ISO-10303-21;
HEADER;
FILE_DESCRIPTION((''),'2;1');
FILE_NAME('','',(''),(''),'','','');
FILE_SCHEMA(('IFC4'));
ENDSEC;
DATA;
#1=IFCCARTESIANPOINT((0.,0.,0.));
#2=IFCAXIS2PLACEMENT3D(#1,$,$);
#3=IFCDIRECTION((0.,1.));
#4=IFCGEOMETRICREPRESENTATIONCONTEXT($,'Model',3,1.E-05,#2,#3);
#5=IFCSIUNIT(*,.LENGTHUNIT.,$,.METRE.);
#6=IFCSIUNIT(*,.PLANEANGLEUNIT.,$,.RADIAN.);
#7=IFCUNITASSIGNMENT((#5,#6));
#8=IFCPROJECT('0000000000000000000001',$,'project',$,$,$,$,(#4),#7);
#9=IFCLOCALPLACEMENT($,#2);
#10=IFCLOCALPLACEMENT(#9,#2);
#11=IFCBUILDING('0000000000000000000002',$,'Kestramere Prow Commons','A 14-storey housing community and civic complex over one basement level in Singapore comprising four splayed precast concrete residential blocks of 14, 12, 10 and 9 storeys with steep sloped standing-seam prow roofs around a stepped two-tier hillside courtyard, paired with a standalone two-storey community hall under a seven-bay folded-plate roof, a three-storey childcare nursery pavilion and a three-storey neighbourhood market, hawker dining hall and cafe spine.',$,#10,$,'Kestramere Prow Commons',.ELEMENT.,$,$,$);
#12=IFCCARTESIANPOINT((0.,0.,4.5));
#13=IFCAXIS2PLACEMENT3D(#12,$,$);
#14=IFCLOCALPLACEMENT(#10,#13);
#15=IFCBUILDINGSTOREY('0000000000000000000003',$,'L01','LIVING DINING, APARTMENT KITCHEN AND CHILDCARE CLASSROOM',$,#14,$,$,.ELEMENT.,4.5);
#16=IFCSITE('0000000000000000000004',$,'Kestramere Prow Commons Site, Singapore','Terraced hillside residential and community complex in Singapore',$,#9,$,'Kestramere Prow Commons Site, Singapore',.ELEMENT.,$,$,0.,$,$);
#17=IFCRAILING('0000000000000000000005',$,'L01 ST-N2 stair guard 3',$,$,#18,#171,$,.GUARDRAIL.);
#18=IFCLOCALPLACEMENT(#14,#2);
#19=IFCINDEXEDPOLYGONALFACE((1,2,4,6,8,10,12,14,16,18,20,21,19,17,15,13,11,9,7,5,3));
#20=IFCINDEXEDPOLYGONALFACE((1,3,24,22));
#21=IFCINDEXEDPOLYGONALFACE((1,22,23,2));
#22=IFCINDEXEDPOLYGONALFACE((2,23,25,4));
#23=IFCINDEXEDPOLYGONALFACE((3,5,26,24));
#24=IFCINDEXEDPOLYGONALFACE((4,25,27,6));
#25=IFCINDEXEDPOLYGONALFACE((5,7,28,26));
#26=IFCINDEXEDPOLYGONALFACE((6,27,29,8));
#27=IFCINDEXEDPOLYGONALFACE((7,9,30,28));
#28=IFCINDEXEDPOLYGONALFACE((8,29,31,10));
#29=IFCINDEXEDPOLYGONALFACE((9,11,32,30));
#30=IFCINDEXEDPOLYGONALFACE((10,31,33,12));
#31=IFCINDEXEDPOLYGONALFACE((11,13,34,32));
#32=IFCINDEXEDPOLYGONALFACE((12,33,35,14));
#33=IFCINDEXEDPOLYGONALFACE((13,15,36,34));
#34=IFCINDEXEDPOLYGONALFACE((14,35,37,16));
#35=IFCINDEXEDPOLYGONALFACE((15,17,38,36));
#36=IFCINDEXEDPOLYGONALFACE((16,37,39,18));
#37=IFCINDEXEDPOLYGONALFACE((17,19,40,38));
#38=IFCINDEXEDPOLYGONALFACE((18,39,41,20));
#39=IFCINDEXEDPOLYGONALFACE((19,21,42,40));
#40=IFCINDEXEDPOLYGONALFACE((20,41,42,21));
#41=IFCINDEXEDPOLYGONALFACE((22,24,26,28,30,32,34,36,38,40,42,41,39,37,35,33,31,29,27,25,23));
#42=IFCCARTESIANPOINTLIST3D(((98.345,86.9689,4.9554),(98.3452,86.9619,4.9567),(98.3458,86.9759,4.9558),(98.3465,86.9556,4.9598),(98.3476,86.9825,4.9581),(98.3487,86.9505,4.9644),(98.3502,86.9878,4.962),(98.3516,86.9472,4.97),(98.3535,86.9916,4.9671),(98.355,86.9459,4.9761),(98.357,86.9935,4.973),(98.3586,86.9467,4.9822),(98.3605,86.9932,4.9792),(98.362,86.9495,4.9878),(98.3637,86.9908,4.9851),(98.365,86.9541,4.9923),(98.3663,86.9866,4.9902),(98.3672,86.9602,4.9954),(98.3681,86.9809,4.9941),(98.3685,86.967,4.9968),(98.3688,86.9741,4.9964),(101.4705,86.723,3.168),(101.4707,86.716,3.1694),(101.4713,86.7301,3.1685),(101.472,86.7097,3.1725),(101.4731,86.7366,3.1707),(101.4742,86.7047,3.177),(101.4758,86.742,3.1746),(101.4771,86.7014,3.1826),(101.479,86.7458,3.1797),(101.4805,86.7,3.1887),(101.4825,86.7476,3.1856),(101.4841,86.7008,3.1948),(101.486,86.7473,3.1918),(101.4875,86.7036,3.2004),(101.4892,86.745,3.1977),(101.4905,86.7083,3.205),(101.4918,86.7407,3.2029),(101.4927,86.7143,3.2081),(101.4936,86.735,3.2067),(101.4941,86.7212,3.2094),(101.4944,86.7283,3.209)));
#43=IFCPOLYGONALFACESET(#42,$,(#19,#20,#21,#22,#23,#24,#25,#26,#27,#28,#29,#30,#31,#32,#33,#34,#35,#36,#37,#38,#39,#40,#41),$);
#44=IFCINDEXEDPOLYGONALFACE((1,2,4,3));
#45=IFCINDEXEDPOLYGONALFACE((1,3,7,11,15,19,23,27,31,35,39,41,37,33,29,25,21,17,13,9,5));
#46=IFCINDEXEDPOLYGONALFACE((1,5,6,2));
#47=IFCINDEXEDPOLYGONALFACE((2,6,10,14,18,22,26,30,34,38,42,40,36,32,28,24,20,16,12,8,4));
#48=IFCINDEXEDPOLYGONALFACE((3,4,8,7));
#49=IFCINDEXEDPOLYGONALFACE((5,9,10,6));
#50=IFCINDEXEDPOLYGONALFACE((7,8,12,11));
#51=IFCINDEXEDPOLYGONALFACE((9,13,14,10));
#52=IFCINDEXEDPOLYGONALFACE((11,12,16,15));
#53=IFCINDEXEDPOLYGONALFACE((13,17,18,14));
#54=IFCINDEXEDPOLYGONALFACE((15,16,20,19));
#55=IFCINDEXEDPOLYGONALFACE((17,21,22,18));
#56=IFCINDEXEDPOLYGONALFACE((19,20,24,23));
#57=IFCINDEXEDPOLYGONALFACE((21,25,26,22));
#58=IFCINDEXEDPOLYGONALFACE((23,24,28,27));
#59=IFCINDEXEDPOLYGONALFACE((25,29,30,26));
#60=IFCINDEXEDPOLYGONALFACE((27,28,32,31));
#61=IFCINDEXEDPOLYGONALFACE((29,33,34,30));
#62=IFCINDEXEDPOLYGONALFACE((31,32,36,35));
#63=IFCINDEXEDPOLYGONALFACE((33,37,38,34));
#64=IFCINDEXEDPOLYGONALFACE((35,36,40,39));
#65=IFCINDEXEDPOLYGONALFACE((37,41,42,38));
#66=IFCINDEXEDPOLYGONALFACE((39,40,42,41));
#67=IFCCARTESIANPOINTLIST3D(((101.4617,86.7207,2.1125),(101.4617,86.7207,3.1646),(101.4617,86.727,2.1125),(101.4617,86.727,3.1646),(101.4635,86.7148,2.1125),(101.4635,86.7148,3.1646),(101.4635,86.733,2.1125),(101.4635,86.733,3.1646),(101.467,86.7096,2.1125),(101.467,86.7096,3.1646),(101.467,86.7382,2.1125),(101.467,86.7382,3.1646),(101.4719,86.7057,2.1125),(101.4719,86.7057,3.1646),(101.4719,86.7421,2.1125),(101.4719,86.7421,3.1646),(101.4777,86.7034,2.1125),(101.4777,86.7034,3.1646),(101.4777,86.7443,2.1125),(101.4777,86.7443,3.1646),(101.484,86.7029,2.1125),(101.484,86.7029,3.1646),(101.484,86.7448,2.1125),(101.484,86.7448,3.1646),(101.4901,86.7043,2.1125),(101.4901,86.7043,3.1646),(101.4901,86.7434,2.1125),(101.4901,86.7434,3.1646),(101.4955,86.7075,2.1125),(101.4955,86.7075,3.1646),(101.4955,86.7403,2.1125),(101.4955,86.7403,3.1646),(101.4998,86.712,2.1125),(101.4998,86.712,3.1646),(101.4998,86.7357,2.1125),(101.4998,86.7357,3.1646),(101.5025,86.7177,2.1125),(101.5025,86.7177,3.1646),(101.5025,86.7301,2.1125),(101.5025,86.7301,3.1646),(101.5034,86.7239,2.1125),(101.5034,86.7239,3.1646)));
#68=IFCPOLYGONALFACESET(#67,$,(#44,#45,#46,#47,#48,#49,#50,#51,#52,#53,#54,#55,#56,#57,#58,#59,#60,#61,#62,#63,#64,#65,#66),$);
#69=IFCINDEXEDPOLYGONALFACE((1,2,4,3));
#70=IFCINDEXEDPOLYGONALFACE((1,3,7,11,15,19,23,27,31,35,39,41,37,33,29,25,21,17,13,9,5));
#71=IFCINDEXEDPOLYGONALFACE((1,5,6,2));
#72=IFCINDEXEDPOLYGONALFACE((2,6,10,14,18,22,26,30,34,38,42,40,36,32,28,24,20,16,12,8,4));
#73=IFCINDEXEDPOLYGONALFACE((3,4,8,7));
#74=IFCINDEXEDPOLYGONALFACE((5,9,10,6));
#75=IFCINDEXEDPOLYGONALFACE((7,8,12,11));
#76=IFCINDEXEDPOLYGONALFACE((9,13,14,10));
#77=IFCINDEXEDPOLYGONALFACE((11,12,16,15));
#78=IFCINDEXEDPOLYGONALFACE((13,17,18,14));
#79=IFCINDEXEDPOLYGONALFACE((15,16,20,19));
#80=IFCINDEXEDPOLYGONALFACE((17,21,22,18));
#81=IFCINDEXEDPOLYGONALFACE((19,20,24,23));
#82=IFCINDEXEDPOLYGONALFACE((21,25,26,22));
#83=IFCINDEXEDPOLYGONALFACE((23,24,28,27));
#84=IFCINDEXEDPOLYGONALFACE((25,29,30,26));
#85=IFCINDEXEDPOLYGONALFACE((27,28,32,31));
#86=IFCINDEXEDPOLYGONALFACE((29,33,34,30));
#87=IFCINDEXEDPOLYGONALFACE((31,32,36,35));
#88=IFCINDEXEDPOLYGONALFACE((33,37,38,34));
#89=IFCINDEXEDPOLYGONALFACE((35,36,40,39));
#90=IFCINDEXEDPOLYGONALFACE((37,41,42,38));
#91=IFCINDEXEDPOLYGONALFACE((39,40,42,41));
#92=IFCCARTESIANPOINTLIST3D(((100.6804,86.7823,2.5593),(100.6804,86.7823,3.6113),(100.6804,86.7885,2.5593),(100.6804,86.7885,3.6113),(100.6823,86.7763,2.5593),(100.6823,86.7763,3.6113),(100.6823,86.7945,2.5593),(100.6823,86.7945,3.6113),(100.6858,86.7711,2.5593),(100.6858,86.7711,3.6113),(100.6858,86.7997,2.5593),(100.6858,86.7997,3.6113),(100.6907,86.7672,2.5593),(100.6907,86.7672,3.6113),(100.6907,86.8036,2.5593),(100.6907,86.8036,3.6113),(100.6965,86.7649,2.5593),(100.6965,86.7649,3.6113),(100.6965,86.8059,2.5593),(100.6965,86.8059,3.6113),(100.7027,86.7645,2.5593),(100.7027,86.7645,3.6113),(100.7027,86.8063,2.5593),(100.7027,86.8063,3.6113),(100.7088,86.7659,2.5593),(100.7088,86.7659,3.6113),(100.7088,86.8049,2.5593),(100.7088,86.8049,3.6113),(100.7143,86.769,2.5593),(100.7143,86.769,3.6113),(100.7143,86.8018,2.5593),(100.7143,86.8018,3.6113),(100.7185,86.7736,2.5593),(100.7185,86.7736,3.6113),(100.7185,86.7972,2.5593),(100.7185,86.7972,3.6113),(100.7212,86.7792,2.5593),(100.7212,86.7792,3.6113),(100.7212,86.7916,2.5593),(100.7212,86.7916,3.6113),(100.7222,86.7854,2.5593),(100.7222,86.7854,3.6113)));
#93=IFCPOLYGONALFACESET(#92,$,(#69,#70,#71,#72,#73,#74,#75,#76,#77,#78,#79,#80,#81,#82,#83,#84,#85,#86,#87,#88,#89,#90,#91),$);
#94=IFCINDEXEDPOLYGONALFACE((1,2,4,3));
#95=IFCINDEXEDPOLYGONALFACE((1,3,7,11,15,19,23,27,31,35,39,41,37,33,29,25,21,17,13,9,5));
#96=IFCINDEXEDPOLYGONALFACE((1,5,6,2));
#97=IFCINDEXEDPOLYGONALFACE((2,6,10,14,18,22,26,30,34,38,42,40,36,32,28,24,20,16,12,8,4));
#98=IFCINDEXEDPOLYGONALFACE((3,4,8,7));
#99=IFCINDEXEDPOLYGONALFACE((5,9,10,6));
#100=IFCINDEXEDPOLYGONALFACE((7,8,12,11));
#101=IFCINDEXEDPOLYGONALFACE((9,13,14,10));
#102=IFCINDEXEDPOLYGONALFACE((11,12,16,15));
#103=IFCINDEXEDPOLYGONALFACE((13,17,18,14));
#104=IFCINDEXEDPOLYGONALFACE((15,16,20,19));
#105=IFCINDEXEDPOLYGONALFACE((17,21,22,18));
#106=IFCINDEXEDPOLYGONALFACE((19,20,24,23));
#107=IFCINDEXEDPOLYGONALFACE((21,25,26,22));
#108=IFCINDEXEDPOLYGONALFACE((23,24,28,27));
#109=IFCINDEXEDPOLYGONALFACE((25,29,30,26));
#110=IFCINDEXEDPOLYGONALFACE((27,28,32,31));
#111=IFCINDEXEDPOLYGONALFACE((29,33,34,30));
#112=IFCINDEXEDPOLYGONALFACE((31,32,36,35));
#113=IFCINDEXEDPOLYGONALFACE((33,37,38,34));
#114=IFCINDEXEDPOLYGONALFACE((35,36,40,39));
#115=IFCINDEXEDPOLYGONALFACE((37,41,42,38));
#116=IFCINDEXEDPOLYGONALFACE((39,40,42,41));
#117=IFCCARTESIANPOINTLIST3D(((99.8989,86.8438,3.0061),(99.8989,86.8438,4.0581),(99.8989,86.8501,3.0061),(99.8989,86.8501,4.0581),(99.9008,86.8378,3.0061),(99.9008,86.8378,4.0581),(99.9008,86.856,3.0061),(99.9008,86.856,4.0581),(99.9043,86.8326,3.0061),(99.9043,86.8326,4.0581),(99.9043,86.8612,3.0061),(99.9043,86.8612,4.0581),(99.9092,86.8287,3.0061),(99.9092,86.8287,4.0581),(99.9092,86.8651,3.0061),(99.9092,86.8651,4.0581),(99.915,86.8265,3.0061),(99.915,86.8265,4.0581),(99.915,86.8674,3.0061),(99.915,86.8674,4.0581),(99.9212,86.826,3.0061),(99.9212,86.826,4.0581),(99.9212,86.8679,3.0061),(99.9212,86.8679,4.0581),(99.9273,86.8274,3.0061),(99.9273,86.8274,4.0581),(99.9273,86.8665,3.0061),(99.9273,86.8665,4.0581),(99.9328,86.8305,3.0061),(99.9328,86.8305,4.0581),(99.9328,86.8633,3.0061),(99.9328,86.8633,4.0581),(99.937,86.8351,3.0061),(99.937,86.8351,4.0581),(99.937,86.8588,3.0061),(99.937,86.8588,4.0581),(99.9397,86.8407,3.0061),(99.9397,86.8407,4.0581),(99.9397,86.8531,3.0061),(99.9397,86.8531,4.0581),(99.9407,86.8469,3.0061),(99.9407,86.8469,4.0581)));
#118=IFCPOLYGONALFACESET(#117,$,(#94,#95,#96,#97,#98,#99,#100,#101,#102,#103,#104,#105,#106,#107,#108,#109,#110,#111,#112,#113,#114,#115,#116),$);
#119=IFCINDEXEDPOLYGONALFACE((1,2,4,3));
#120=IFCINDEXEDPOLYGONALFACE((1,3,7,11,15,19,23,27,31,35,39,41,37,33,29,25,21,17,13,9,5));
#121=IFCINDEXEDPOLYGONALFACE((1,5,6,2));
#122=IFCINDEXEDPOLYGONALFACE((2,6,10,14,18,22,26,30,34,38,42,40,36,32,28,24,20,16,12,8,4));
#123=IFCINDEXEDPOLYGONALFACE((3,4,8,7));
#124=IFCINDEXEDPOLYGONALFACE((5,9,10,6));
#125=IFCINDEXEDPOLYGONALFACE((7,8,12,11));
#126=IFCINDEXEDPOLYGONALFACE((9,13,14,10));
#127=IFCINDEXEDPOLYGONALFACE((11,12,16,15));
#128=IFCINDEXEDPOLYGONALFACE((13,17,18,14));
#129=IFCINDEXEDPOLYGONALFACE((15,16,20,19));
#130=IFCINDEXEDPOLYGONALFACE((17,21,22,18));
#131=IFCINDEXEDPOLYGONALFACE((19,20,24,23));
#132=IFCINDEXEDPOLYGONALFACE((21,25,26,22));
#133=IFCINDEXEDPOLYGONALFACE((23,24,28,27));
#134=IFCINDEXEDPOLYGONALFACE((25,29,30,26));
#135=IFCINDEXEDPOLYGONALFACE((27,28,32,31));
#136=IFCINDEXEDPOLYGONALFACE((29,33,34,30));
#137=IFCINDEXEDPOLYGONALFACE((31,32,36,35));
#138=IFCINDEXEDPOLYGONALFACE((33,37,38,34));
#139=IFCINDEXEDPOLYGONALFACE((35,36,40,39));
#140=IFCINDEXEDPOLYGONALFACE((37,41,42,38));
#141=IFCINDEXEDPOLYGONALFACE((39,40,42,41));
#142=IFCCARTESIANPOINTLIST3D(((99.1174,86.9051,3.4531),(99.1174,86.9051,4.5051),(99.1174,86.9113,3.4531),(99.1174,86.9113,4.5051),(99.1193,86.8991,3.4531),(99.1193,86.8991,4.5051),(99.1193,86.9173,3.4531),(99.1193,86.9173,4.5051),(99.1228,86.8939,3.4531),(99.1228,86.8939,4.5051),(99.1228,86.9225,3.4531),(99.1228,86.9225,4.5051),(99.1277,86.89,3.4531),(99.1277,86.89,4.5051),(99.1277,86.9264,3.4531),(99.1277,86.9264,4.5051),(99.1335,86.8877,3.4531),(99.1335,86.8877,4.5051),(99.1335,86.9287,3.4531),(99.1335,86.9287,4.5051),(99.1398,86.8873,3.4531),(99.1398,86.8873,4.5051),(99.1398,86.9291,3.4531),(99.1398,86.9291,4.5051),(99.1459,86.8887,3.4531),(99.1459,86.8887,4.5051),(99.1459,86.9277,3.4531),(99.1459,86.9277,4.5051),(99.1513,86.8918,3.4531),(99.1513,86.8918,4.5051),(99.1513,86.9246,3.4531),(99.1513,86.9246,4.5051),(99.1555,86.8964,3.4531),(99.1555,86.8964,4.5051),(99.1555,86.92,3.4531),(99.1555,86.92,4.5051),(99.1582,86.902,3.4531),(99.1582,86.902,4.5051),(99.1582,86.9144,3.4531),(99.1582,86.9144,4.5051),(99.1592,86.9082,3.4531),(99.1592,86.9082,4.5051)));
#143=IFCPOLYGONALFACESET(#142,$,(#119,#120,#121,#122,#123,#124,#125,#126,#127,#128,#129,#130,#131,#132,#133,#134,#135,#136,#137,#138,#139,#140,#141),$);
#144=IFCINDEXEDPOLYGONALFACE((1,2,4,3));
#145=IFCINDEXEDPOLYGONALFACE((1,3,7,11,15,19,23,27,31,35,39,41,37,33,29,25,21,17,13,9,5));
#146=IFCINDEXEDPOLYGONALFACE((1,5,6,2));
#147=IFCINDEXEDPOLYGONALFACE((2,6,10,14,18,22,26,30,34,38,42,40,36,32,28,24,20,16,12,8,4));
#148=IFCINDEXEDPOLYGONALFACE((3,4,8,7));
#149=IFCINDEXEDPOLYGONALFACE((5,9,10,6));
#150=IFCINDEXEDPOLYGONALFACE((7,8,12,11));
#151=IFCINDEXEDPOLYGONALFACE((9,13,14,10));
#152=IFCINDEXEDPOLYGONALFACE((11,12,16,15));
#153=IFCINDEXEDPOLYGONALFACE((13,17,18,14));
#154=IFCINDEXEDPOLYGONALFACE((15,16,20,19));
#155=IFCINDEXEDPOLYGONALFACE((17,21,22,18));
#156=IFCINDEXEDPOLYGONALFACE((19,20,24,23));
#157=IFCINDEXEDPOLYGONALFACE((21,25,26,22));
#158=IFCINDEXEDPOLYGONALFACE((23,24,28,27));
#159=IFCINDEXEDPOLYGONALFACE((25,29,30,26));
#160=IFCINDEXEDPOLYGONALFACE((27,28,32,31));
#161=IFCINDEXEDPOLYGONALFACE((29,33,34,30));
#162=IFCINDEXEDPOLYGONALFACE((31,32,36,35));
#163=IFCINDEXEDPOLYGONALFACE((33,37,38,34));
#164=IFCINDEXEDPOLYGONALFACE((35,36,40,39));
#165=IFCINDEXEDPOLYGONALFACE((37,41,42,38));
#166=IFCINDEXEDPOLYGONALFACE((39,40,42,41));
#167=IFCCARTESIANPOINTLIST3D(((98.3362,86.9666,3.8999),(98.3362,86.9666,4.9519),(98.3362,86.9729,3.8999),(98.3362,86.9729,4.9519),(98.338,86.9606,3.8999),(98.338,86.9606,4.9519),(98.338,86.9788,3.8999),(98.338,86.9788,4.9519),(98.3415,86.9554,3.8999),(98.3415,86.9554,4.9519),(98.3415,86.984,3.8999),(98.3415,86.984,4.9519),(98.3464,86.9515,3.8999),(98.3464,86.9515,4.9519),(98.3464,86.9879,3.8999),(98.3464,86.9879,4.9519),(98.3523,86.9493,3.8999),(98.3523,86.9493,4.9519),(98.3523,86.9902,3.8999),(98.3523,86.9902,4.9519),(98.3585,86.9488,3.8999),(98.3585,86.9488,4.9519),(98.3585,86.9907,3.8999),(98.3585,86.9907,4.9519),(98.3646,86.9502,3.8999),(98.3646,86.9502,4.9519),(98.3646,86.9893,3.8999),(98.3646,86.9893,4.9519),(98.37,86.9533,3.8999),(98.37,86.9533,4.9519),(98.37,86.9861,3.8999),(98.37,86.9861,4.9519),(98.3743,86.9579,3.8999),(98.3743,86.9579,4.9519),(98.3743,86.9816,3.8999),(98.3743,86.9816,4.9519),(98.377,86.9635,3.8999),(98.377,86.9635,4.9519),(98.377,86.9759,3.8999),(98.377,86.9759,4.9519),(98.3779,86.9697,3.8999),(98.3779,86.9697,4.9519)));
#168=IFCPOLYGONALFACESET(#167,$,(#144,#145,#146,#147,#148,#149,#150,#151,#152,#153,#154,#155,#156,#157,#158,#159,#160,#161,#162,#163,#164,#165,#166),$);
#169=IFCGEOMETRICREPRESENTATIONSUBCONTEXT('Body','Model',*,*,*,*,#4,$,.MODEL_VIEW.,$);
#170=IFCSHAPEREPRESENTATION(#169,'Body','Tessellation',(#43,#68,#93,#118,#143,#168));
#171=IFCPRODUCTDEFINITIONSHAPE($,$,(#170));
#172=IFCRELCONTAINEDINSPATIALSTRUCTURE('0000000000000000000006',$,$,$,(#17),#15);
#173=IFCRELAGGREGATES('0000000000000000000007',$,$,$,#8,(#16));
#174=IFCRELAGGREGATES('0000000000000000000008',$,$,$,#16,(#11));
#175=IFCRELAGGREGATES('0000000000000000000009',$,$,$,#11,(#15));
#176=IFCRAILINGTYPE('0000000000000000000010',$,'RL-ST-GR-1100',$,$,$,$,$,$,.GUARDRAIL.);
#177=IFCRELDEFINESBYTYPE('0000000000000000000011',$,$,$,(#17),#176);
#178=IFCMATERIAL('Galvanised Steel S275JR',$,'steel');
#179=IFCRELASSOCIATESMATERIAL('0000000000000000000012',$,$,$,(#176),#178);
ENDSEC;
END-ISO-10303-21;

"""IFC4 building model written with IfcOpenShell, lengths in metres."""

from ifc_helpers import new_model, si_unit, direction, frame, origin, origin_2d, place, context, subcontext, project, spatial, circle, extrude, material, type_object, element, save


model = new_model("IFC4")

# Units and contexts
model_context = context("Model", 3, precision=1e-05, world=origin(), true_north=direction((0.0, 1.0)))
body_context = subcontext(model_context, "Body", "Model", "MODEL_VIEW")
ifc_project = project(units=[si_unit("LENGTHUNIT", "METRE"), si_unit("PLANEANGLEUNIT", "RADIAN")], contexts=[model_context])

# Site, building, storey
site_placement = place(None, origin())
site = spatial("IfcSite", under=ifc_project, at=site_placement, Name="Kestramere Prow Commons Site, Singapore", Description="Terraced hillside residential and community complex in Singapore", LongName="Kestramere Prow Commons Site, Singapore", CompositionType="ELEMENT", RefElevation=0.0)
building_placement = place(site_placement, origin())
building = spatial("IfcBuilding", under=site, at=building_placement, Name="Kestramere Prow Commons", Description="A 14-storey housing community and civic complex over one basement level in Singapore comprising four splayed precast concrete residential blocks of 14, 12, 10 and 9 storeys with steep sloped standing-seam prow roofs around a stepped two-tier hillside courtyard, paired with a standalone two-storey community hall under a seven-bay folded-plate roof, a three-storey childcare nursery pavilion and a three-storey neighbourhood market, hawker dining hall and cafe spine.", LongName="Kestramere Prow Commons", CompositionType="ELEMENT")
storey_placement = place(building_placement, frame((0.0, 0.0, 4.5)))
storey = spatial("IfcBuildingStorey", under=building, at=storey_placement, Name="L01", Description="LIVING DINING, APARTMENT KITCHEN AND CHILDCARE CLASSROOM", CompositionType="ELEMENT", Elevation=4.5)

# Railing
ifc_material_1 = material(Name="Galvanised Steel S275JR", Category="steel")
railing_type_1 = type_object("IfcRailingType", Name="RL-ST-GR-1100", PredefinedType="GUARDRAIL", material=ifc_material_1)
railing_1_placement = place(storey_placement, frame((101.4824, 86.7239, 2.1125)))
element("IfcRailing", 1, at=railing_1_placement, inside=storey, type_object=railing_type_1, Name="L01 ST-N2 stair guard 3", PredefinedType="GUARDRAIL", context=body_context, shape_type="SweptSolid", body=[
    extrude(circle(Radius=0.0239, at=origin_2d()), frame((0.0, 0.0, 1.0762), z_axis=(-0.866064, 0.068124, 0.49527), x_axis=(-0.078417, -0.996921, 0.0)), (0.0, 0.0, 1.0), 3.6089),
    extrude(circle(Radius=0.021, at=origin_2d()), origin(), (0.0, 0.0, 1.0), 1.052),
    extrude(circle(Radius=0.021, at=origin_2d()), frame((-0.7812, 0.0615, 0.4468)), (0.0, 0.0, 1.0), 1.052),
    extrude(circle(Radius=0.021, at=origin_2d()), frame((-1.5627, 0.123, 0.8936)), (0.0, 0.0, 1.0), 1.052),
    extrude(circle(Radius=0.021, at=origin_2d()), frame((-2.3442, 0.1843, 1.3406)), (0.0, 0.0, 1.0), 1.052),
    extrude(circle(Radius=0.021, at=origin_2d()), frame((-3.1255, 0.2458, 1.7874)), (0.0, 0.0, 1.0), 1.052),
])

save(model, "model.ifc")
